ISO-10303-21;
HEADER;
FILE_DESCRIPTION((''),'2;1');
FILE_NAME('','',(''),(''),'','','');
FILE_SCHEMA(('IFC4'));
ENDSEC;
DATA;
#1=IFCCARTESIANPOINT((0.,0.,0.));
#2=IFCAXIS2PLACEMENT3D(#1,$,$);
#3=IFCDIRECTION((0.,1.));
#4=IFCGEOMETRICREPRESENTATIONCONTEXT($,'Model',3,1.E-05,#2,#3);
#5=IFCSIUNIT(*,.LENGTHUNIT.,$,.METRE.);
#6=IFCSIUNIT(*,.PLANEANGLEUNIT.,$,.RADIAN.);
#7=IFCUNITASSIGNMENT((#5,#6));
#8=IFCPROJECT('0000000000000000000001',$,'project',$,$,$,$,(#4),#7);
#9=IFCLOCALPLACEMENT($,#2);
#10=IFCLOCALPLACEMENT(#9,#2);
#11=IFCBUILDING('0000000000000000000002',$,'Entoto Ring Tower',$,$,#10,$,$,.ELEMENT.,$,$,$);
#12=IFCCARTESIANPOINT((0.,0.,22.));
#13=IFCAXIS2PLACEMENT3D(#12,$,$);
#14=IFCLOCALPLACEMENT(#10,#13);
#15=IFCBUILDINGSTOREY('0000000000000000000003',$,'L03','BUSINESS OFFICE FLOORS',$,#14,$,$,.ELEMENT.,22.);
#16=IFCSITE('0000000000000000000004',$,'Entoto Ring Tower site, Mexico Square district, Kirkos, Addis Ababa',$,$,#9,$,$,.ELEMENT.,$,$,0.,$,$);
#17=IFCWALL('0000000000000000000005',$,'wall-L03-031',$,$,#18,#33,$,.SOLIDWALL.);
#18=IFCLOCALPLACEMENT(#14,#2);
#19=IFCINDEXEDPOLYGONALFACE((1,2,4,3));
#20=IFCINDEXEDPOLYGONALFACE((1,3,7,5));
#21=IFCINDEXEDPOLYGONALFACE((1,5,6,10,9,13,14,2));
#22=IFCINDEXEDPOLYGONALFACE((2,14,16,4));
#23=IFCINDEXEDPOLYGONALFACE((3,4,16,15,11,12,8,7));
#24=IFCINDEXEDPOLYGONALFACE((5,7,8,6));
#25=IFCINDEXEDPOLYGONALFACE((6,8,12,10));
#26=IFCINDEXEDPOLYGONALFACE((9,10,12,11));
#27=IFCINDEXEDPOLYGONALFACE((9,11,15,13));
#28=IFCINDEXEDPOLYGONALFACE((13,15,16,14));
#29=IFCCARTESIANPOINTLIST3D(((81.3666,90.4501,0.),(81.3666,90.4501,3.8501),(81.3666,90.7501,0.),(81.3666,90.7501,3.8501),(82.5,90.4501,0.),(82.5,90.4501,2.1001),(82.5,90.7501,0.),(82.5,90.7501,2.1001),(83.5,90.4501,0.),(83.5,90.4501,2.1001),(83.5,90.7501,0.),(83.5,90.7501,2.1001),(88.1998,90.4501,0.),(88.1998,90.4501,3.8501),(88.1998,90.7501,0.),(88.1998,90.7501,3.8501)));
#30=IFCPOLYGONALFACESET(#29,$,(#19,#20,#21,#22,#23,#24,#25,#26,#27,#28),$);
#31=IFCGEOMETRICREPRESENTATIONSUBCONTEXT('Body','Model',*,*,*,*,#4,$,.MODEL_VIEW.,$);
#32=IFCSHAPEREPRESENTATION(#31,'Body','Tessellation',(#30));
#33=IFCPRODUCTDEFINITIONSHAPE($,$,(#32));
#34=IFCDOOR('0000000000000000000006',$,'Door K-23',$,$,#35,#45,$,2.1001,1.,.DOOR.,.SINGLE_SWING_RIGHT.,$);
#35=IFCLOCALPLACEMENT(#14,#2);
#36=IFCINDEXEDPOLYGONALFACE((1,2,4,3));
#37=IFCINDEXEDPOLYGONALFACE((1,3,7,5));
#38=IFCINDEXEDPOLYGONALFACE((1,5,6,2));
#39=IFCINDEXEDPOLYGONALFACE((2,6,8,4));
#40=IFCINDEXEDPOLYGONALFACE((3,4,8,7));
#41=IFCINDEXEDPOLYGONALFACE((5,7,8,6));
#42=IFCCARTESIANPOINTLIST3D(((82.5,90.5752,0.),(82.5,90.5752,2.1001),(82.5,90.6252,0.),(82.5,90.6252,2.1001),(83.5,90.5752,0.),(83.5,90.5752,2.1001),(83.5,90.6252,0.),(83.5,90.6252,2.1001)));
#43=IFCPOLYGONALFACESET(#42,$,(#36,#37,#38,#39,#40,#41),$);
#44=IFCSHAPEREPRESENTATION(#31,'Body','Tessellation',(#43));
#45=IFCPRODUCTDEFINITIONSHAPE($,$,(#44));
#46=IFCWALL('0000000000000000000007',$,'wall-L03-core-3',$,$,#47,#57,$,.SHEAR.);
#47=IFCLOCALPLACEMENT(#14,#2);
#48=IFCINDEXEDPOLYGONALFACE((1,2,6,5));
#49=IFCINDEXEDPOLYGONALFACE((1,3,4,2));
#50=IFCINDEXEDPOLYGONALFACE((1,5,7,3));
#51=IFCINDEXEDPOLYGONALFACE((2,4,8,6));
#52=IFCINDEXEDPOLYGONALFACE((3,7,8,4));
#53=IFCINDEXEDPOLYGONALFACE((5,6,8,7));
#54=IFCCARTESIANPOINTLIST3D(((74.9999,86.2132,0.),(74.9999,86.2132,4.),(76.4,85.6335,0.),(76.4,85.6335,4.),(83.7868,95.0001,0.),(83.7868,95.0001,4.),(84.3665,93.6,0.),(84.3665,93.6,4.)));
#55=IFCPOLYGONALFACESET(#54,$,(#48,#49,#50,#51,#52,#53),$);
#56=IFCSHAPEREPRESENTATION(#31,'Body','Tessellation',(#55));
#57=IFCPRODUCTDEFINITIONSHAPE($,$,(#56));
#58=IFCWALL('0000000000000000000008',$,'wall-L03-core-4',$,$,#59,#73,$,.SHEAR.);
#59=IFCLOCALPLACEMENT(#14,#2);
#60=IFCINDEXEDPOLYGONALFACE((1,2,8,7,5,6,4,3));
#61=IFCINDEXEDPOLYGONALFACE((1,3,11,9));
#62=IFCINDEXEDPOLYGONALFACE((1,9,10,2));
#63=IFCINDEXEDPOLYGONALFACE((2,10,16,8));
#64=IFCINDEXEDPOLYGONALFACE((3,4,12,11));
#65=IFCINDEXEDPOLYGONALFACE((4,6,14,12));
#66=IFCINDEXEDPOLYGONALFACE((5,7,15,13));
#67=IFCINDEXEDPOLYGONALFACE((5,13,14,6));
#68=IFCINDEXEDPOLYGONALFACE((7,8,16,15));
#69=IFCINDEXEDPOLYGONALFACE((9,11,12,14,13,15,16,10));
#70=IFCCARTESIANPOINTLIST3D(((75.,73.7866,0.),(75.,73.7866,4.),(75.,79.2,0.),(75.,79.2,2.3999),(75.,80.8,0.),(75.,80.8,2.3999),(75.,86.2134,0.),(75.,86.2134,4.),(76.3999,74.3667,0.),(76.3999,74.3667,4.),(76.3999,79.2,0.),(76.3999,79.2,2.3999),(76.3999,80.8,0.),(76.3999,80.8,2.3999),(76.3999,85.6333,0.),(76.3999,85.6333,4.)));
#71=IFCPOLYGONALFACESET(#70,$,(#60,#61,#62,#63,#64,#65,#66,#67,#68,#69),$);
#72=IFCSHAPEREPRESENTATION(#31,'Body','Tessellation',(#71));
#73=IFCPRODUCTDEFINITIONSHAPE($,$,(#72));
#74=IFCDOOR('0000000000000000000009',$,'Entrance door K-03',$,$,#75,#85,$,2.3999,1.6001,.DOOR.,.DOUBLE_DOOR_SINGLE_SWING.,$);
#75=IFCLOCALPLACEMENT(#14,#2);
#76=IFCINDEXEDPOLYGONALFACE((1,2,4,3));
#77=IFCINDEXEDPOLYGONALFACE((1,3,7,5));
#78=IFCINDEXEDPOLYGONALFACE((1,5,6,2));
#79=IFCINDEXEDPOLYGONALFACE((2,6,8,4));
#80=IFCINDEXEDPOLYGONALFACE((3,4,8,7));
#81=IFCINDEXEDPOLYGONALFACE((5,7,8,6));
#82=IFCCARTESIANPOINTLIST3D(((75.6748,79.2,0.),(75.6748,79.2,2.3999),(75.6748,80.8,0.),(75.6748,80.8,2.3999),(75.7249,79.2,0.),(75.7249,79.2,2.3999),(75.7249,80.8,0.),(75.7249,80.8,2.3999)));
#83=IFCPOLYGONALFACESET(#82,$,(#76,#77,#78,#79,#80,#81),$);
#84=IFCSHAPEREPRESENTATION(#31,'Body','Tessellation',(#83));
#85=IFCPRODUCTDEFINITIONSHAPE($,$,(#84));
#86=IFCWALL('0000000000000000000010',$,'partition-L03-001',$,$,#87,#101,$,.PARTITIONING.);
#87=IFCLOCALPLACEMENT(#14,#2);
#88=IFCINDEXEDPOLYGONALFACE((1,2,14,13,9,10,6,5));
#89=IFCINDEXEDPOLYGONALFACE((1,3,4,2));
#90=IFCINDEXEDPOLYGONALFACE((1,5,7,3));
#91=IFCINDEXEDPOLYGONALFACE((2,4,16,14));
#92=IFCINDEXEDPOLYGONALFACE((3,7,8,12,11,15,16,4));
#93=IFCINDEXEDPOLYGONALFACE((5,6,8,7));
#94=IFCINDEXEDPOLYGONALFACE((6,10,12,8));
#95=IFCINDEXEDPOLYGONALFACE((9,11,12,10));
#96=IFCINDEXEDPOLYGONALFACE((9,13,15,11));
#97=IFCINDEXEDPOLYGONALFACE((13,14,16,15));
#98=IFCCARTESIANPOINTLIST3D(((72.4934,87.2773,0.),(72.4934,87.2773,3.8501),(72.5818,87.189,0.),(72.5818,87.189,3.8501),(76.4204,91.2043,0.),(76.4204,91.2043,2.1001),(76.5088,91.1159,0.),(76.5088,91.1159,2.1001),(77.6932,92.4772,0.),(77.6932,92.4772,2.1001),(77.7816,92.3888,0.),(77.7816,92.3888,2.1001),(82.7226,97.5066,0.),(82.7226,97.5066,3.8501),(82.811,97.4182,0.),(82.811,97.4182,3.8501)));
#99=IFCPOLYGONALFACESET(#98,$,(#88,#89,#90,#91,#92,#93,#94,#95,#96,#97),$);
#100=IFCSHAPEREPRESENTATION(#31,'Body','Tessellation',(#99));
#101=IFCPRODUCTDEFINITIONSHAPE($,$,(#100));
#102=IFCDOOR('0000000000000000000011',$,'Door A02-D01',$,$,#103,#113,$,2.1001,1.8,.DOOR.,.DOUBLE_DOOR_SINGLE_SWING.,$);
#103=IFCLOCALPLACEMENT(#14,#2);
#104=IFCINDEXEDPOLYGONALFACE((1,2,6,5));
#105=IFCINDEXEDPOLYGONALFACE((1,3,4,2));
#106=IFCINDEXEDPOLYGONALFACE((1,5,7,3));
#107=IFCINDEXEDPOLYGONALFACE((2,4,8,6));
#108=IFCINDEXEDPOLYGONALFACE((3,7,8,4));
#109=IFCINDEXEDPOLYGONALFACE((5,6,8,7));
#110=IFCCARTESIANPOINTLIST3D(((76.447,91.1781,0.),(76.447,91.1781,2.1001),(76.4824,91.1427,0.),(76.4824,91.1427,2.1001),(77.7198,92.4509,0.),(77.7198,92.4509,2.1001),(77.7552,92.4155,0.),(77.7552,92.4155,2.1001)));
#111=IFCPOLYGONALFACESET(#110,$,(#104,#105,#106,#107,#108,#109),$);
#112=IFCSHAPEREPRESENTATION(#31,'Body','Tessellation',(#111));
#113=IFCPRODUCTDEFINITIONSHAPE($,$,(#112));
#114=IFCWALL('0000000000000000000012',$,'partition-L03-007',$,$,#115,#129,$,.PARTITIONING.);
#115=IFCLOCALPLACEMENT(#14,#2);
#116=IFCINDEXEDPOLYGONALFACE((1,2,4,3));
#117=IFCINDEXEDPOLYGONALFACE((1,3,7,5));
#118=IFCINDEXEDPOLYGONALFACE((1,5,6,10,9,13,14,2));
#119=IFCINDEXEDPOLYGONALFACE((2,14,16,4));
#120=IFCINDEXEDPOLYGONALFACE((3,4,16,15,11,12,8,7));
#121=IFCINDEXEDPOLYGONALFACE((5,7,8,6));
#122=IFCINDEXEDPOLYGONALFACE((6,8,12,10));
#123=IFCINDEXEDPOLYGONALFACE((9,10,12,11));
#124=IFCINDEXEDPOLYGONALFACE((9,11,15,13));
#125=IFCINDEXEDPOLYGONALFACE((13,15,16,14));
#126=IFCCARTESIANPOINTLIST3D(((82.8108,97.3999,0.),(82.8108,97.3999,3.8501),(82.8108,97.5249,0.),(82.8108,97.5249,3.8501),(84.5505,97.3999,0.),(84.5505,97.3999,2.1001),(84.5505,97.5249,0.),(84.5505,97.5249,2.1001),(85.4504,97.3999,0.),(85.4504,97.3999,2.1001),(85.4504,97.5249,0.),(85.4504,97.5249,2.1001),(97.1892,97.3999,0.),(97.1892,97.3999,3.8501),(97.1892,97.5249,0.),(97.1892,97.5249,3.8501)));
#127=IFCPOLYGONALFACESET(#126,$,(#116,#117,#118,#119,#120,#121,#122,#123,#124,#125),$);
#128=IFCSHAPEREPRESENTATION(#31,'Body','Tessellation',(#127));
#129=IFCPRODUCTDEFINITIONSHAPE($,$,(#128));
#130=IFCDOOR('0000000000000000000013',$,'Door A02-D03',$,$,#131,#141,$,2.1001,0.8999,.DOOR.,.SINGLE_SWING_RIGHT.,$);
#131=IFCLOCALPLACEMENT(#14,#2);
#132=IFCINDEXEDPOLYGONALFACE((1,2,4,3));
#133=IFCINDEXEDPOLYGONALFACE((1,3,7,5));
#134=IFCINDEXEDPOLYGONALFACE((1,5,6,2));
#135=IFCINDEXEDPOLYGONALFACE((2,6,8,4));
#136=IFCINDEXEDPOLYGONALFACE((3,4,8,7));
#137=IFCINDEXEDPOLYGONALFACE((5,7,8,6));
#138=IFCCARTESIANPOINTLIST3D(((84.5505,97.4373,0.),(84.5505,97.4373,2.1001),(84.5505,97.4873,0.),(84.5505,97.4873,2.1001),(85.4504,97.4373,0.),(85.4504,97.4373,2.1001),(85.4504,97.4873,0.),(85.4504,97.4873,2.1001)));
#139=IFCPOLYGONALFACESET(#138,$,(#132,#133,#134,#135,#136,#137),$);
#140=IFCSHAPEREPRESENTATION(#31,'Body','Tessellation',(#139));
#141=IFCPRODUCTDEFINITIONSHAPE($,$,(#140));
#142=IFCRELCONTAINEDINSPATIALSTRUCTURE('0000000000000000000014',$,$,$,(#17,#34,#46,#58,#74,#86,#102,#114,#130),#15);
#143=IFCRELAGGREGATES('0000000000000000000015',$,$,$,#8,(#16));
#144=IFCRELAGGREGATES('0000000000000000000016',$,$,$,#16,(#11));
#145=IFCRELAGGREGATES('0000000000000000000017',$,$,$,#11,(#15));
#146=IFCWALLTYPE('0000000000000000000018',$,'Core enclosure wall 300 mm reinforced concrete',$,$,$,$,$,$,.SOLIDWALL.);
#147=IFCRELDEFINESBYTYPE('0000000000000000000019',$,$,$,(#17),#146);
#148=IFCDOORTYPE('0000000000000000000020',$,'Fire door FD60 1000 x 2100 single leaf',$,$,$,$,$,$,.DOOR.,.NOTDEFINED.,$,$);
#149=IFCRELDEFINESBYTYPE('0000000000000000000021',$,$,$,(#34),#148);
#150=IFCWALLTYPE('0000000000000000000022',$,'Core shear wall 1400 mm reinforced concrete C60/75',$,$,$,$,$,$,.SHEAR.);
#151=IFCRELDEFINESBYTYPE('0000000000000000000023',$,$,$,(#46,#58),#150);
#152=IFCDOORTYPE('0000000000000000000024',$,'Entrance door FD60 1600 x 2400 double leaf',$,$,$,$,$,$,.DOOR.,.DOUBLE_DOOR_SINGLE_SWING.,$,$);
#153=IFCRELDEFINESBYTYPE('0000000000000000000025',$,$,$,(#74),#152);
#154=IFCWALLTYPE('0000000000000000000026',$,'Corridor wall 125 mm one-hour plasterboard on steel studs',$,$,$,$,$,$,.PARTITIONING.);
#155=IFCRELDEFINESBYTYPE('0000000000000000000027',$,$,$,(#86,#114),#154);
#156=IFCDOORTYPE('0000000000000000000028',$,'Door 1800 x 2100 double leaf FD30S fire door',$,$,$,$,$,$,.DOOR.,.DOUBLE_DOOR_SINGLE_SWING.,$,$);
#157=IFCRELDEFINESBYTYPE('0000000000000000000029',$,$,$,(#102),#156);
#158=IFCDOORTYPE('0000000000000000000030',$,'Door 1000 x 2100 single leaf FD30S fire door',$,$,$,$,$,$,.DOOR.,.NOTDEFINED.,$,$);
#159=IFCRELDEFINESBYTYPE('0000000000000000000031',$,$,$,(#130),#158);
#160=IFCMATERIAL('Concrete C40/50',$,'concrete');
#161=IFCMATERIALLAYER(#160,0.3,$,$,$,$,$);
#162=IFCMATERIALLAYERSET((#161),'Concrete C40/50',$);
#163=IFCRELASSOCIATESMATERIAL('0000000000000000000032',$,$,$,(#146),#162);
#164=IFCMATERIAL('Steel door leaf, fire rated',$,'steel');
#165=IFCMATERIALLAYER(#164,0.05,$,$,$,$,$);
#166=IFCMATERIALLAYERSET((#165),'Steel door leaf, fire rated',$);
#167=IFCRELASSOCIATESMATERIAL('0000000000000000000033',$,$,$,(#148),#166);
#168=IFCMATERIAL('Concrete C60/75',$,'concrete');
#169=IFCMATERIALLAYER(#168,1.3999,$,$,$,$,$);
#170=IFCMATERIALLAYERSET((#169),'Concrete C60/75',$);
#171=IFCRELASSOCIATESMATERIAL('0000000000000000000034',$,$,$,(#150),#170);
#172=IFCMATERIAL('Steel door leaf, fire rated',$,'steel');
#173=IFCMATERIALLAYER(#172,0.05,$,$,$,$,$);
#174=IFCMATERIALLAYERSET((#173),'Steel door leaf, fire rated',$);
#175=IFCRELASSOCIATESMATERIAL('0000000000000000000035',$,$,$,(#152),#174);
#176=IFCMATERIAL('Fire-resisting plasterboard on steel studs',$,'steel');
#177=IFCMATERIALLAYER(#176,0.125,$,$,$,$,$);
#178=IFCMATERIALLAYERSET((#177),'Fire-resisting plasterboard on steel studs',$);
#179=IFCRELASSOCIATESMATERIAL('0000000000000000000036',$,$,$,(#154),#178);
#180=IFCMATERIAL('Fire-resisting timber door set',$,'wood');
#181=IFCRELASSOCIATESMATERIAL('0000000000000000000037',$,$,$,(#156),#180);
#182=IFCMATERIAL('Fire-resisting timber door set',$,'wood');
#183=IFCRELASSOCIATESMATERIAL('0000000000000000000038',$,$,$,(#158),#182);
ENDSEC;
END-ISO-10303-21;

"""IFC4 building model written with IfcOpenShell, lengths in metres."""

from ifc_helpers import new_model, si_unit, direction, frame, frame_2d, origin, place, context, subcontext, project, spatial, polyline, rectangle, outline, extrude, material, layer, layer_set, type_object, element, fill, save


model = new_model("IFC4")

# Units and contexts
model_context = context("Model", 3, precision=1e-05, world=origin(), true_north=direction((0.0, 1.0)))
body_context = subcontext(model_context, "Body", "Model", "MODEL_VIEW")
ifc_project = project(units=[si_unit("LENGTHUNIT", "METRE"), si_unit("PLANEANGLEUNIT", "RADIAN")], contexts=[model_context])

# Site, building, storey
site_placement = place(None, origin())
site = spatial("IfcSite", under=ifc_project, at=site_placement, Name="Entoto Ring Tower site, Mexico Square district, Kirkos, Addis Ababa", CompositionType="ELEMENT", RefElevation=0.0)
building_placement = place(site_placement, origin())
building = spatial("IfcBuilding", under=site, at=building_placement, Name="Entoto Ring Tower", CompositionType="ELEMENT")
storey_placement = place(building_placement, frame((0.0, 0.0, 22.0)))
storey = spatial("IfcBuildingStorey", under=building, at=storey_placement, Name="L03", Description="BUSINESS OFFICE FLOORS", CompositionType="ELEMENT", Elevation=22.0)

# Wall, opening, door
ifc_material_1 = material(Name="Concrete C40/50", Category="concrete")
ifc_layer_1 = layer(ifc_material_1, 0.3)
ifc_layer_set_1 = layer_set([ifc_layer_1], Name="Concrete C40/50")
wall_type_1 = type_object("IfcWallType", Name="Core enclosure wall 300 mm reinforced concrete", PredefinedType="SOLIDWALL", material=ifc_layer_set_1)
wall_1_placement = place(storey_placement, frame((81.3667, 90.6001, 0.0), z_axis=(0.0, 0.0, 1.0), x_axis=(1.0, 0.0, 0.0)))
wall_1 = element("IfcWall", 1, at=wall_1_placement, inside=storey, type_object=wall_type_1, Name="wall-L03-031", PredefinedType="SOLIDWALL", context=body_context, shape_type="SweptSolid", body=[
    extrude(rectangle(XDim=6.8333, YDim=0.3, at=frame_2d((3.4165, 0.0))), origin(), (0.0, 0.0, 1.0), 3.8501),
])
opening_1_placement = place(wall_1_placement, frame((1.1333, 0.0, 0.0)))
opening_1 = element("IfcOpeningElement", 2, at=opening_1_placement, cuts=wall_1, PredefinedType="OPENING", context=body_context, shape_type="SweptSolid", body=[
    extrude(rectangle(XDim=1.0, YDim=2.1001, at=frame_2d((0.5, 1.05))), frame((0.0, 0.1602, 0.0), z_axis=(0.0, -1.0, 0.0), x_axis=(1.0, 0.0, 0.0)), (0.0, 0.0, 1.0), 0.3201),
])
ifc_material_2 = material(Name="Steel door leaf, fire rated", Category="steel")
ifc_layer_2 = layer(ifc_material_2, 0.05)
ifc_layer_set_2 = layer_set([ifc_layer_2], Name="Steel door leaf, fire rated")
door_type_1 = type_object("IfcDoorType", Name="Fire door FD60 1000 x 2100 single leaf", OperationType="NOTDEFINED", PredefinedType="DOOR", material=ifc_layer_set_2)
door_1_placement = place(opening_1_placement, frame((1.0, 0.0, 0.0), z_axis=(0.0, 0.0, 1.0), x_axis=(-1.0, 0.0, 0.0)))
door_1 = element("IfcDoor", 3, at=door_1_placement, inside=storey, type_object=door_type_1, Name="Door K-23", OperationType="SINGLE_SWING_RIGHT", OverallHeight=2.1001, OverallWidth=1.0, PredefinedType="DOOR", context=body_context, shape_type="SweptSolid", body=[
    extrude(rectangle(XDim=1.0, YDim=2.1001, at=frame_2d((0.5, 1.05))), frame((0.0, 0.0249, 0.0), z_axis=(0.0, -1.0, 0.0), x_axis=(1.0, 0.0, 0.0)), (0.0, 0.0, 1.0), 0.05),
])
fill(opening_1, door_1)

# Wall
ifc_material_3 = material(Name="Concrete C60/75", Category="concrete")
ifc_layer_3 = layer(ifc_material_3, 1.3999)
ifc_layer_set_3 = layer_set([ifc_layer_3], Name="Concrete C60/75")
wall_type_2 = type_object("IfcWallType", Name="Core shear wall 1400 mm reinforced concrete C60/75", PredefinedType="SHEAR", material=ifc_layer_set_3)
wall_2_placement = place(storey_placement, frame((84.0767, 94.3, 0.0), z_axis=(0.0, 0.0, 1.0), x_axis=(-0.707107, -0.707107, 0.0)))
element("IfcWall", 4, at=wall_2_placement, inside=storey, type_object=wall_type_2, Name="wall-L03-core-3", PredefinedType="SHEAR", context=body_context, shape_type="SweptSolid", body=[
    extrude(outline(polyline([(-0.29, -0.7), (12.1365, -0.7), (11.5564, 0.7), (0.29, 0.7), (-0.29, -0.7)])), origin(), (0.0, 0.0, 1.0), 4.0),
])

# Walls, openings, doors
wall_3_placement = place(storey_placement, frame((75.7, 85.9233, 0.0), z_axis=(0.0, 0.0, 1.0), x_axis=(0.0, -1.0, 0.0)))
wall_3 = element("IfcWall", 5, at=wall_3_placement, inside=storey, type_object=wall_type_2, Name="wall-L03-core-4", PredefinedType="SHEAR", context=body_context, shape_type="SweptSolid", body=[
    extrude(outline(polyline([(-0.29, -0.7), (12.1367, -0.7), (11.5566, 0.7), (0.29, 0.7), (-0.29, -0.7)])), origin(), (0.0, 0.0, 1.0), 4.0),
])
opening_2_placement = place(wall_3_placement, frame((5.1233, 0.0, 0.0)))
opening_2 = element("IfcOpeningElement", 6, at=opening_2_placement, cuts=wall_3, PredefinedType="OPENING", context=body_context, shape_type="SweptSolid", body=[
    extrude(rectangle(XDim=1.6001, YDim=2.3999, at=frame_2d((0.8, 1.2))), frame((0.0, 0.71, 0.0), z_axis=(0.0, -1.0, 0.0), x_axis=(1.0, 0.0, 0.0)), (0.0, 0.0, 1.0), 1.4199),
])
ifc_material_4 = material(Name="Steel door leaf, fire rated", Category="steel")
ifc_layer_4 = layer(ifc_material_4, 0.05)
ifc_layer_set_4 = layer_set([ifc_layer_4], Name="Steel door leaf, fire rated")
door_type_2 = type_object("IfcDoorType", Name="Entrance door FD60 1600 x 2400 double leaf", OperationType="DOUBLE_DOOR_SINGLE_SWING", PredefinedType="DOOR", material=ifc_layer_set_4)
door_2_placement = place(opening_2_placement, origin())
door_2 = element("IfcDoor", 7, at=door_2_placement, inside=storey, type_object=door_type_2, Name="Entrance door K-03", OperationType="DOUBLE_DOOR_SINGLE_SWING", OverallHeight=2.3999, OverallWidth=1.6001, PredefinedType="DOOR", context=body_context, shape_type="SweptSolid", body=[
    extrude(rectangle(XDim=1.6001, YDim=2.3999, at=frame_2d((0.8, 1.2))), frame((0.0, 0.0249, 0.0), z_axis=(0.0, -1.0, 0.0), x_axis=(1.0, 0.0, 0.0)), (0.0, 0.0, 1.0), 0.05),
])
fill(opening_2, door_2)
ifc_material_5 = material(Name="Fire-resisting plasterboard on steel studs", Category="steel")
ifc_layer_5 = layer(ifc_material_5, 0.125)
ifc_layer_set_5 = layer_set([ifc_layer_5], Name="Fire-resisting plasterboard on steel studs")
wall_type_3 = type_object("IfcWallType", Name="Corridor wall 125 mm one-hour plasterboard on steel studs", PredefinedType="PARTITIONING", material=ifc_layer_set_5)
wall_4_placement = place(storey_placement, frame((72.5376, 87.2332, 0.0), z_axis=(0.0, 0.0, 1.0), x_axis=(0.707107, 0.707107, 0.0)))
wall_4 = element("IfcWall", 8, at=wall_4_placement, inside=storey, type_object=wall_type_3, Name="partition-L03-001", PredefinedType="PARTITIONING", context=body_context, shape_type="SweptSolid", body=[
    extrude(rectangle(XDim=14.4663, YDim=0.125, at=frame_2d((7.2332, 0.0))), origin(), (0.0, 0.0, 1.0), 3.8501),
])
opening_3_placement = place(wall_4_placement, frame((5.5537, 0.0, 0.0)))
opening_3 = element("IfcOpeningElement", 9, at=opening_3_placement, cuts=wall_4, PredefinedType="OPENING", context=body_context, shape_type="SweptSolid", body=[
    extrude(rectangle(XDim=1.8, YDim=2.1001, at=frame_2d((0.8999, 1.05))), frame((0.0, 0.0725, 0.0), z_axis=(0.0, -1.0, 0.0), x_axis=(1.0, 0.0, 0.0)), (0.0, 0.0, 1.0), 0.145),
])
ifc_material_6 = material(Name="Fire-resisting timber door set", Category="wood")
door_type_3 = type_object("IfcDoorType", Name="Door 1800 x 2100 double leaf FD30S fire door", OperationType="DOUBLE_DOOR_SINGLE_SWING", PredefinedType="DOOR", material=ifc_material_6)
door_3_placement = place(opening_3_placement, frame((1.8, 0.0, 0.0), z_axis=(0.0, 0.0, 1.0), x_axis=(-1.0, 0.0, 0.0)))
door_3 = element("IfcDoor", 10, at=door_3_placement, inside=storey, type_object=door_type_3, Name="Door A02-D01", OperationType="DOUBLE_DOOR_SINGLE_SWING", OverallHeight=2.1001, OverallWidth=1.8, PredefinedType="DOOR", context=body_context, shape_type="SweptSolid", body=[
    extrude(rectangle(XDim=1.8, YDim=2.1001, at=frame_2d((0.8999, 1.05))), frame((0.0, 0.0249, 0.0), z_axis=(0.0, -1.0, 0.0), x_axis=(1.0, 0.0, 0.0)), (0.0, 0.0, 1.0), 0.05),
])
fill(opening_3, door_3)
wall_5_placement = place(storey_placement, frame((82.8108, 97.4624, 0.0), z_axis=(0.0, 0.0, 1.0), x_axis=(1.0, 0.0, 0.0)))
wall_5 = element("IfcWall", 11, at=wall_5_placement, inside=storey, type_object=wall_type_3, Name="partition-L03-007", PredefinedType="PARTITIONING", context=body_context, shape_type="SweptSolid", body=[
    extrude(rectangle(XDim=14.3784, YDim=0.125, at=frame_2d((7.1892, 0.0))), origin(), (0.0, 0.0, 1.0), 3.8501),
])
opening_4_placement = place(wall_5_placement, frame((1.7397, 0.0, 0.0)))
opening_4 = element("IfcOpeningElement", 12, at=opening_4_placement, cuts=wall_5, PredefinedType="OPENING", context=body_context, shape_type="SweptSolid", body=[
    extrude(rectangle(XDim=0.8999, YDim=2.1001, at=frame_2d((0.45, 1.05))), frame((0.0, 0.0725, 0.0), z_axis=(0.0, -1.0, 0.0), x_axis=(1.0, 0.0, 0.0)), (0.0, 0.0, 1.0), 0.145),
])
ifc_material_7 = material(Name="Fire-resisting timber door set", Category="wood")
door_type_4 = type_object("IfcDoorType", Name="Door 1000 x 2100 single leaf FD30S fire door", OperationType="NOTDEFINED", PredefinedType="DOOR", material=ifc_material_7)
door_4_placement = place(opening_4_placement, origin())
door_4 = element("IfcDoor", 13, at=door_4_placement, inside=storey, type_object=door_type_4, Name="Door A02-D03", OperationType="SINGLE_SWING_RIGHT", OverallHeight=2.1001, OverallWidth=0.8999, PredefinedType="DOOR", context=body_context, shape_type="SweptSolid", body=[
    extrude(rectangle(XDim=0.8999, YDim=2.1001, at=frame_2d((0.45, 1.05))), frame((0.0, 0.0249, 0.0), z_axis=(0.0, -1.0, 0.0), x_axis=(1.0, 0.0, 0.0)), (0.0, 0.0, 1.0), 0.05),
])
fill(opening_4, door_4)

save(model, "model.ifc")
